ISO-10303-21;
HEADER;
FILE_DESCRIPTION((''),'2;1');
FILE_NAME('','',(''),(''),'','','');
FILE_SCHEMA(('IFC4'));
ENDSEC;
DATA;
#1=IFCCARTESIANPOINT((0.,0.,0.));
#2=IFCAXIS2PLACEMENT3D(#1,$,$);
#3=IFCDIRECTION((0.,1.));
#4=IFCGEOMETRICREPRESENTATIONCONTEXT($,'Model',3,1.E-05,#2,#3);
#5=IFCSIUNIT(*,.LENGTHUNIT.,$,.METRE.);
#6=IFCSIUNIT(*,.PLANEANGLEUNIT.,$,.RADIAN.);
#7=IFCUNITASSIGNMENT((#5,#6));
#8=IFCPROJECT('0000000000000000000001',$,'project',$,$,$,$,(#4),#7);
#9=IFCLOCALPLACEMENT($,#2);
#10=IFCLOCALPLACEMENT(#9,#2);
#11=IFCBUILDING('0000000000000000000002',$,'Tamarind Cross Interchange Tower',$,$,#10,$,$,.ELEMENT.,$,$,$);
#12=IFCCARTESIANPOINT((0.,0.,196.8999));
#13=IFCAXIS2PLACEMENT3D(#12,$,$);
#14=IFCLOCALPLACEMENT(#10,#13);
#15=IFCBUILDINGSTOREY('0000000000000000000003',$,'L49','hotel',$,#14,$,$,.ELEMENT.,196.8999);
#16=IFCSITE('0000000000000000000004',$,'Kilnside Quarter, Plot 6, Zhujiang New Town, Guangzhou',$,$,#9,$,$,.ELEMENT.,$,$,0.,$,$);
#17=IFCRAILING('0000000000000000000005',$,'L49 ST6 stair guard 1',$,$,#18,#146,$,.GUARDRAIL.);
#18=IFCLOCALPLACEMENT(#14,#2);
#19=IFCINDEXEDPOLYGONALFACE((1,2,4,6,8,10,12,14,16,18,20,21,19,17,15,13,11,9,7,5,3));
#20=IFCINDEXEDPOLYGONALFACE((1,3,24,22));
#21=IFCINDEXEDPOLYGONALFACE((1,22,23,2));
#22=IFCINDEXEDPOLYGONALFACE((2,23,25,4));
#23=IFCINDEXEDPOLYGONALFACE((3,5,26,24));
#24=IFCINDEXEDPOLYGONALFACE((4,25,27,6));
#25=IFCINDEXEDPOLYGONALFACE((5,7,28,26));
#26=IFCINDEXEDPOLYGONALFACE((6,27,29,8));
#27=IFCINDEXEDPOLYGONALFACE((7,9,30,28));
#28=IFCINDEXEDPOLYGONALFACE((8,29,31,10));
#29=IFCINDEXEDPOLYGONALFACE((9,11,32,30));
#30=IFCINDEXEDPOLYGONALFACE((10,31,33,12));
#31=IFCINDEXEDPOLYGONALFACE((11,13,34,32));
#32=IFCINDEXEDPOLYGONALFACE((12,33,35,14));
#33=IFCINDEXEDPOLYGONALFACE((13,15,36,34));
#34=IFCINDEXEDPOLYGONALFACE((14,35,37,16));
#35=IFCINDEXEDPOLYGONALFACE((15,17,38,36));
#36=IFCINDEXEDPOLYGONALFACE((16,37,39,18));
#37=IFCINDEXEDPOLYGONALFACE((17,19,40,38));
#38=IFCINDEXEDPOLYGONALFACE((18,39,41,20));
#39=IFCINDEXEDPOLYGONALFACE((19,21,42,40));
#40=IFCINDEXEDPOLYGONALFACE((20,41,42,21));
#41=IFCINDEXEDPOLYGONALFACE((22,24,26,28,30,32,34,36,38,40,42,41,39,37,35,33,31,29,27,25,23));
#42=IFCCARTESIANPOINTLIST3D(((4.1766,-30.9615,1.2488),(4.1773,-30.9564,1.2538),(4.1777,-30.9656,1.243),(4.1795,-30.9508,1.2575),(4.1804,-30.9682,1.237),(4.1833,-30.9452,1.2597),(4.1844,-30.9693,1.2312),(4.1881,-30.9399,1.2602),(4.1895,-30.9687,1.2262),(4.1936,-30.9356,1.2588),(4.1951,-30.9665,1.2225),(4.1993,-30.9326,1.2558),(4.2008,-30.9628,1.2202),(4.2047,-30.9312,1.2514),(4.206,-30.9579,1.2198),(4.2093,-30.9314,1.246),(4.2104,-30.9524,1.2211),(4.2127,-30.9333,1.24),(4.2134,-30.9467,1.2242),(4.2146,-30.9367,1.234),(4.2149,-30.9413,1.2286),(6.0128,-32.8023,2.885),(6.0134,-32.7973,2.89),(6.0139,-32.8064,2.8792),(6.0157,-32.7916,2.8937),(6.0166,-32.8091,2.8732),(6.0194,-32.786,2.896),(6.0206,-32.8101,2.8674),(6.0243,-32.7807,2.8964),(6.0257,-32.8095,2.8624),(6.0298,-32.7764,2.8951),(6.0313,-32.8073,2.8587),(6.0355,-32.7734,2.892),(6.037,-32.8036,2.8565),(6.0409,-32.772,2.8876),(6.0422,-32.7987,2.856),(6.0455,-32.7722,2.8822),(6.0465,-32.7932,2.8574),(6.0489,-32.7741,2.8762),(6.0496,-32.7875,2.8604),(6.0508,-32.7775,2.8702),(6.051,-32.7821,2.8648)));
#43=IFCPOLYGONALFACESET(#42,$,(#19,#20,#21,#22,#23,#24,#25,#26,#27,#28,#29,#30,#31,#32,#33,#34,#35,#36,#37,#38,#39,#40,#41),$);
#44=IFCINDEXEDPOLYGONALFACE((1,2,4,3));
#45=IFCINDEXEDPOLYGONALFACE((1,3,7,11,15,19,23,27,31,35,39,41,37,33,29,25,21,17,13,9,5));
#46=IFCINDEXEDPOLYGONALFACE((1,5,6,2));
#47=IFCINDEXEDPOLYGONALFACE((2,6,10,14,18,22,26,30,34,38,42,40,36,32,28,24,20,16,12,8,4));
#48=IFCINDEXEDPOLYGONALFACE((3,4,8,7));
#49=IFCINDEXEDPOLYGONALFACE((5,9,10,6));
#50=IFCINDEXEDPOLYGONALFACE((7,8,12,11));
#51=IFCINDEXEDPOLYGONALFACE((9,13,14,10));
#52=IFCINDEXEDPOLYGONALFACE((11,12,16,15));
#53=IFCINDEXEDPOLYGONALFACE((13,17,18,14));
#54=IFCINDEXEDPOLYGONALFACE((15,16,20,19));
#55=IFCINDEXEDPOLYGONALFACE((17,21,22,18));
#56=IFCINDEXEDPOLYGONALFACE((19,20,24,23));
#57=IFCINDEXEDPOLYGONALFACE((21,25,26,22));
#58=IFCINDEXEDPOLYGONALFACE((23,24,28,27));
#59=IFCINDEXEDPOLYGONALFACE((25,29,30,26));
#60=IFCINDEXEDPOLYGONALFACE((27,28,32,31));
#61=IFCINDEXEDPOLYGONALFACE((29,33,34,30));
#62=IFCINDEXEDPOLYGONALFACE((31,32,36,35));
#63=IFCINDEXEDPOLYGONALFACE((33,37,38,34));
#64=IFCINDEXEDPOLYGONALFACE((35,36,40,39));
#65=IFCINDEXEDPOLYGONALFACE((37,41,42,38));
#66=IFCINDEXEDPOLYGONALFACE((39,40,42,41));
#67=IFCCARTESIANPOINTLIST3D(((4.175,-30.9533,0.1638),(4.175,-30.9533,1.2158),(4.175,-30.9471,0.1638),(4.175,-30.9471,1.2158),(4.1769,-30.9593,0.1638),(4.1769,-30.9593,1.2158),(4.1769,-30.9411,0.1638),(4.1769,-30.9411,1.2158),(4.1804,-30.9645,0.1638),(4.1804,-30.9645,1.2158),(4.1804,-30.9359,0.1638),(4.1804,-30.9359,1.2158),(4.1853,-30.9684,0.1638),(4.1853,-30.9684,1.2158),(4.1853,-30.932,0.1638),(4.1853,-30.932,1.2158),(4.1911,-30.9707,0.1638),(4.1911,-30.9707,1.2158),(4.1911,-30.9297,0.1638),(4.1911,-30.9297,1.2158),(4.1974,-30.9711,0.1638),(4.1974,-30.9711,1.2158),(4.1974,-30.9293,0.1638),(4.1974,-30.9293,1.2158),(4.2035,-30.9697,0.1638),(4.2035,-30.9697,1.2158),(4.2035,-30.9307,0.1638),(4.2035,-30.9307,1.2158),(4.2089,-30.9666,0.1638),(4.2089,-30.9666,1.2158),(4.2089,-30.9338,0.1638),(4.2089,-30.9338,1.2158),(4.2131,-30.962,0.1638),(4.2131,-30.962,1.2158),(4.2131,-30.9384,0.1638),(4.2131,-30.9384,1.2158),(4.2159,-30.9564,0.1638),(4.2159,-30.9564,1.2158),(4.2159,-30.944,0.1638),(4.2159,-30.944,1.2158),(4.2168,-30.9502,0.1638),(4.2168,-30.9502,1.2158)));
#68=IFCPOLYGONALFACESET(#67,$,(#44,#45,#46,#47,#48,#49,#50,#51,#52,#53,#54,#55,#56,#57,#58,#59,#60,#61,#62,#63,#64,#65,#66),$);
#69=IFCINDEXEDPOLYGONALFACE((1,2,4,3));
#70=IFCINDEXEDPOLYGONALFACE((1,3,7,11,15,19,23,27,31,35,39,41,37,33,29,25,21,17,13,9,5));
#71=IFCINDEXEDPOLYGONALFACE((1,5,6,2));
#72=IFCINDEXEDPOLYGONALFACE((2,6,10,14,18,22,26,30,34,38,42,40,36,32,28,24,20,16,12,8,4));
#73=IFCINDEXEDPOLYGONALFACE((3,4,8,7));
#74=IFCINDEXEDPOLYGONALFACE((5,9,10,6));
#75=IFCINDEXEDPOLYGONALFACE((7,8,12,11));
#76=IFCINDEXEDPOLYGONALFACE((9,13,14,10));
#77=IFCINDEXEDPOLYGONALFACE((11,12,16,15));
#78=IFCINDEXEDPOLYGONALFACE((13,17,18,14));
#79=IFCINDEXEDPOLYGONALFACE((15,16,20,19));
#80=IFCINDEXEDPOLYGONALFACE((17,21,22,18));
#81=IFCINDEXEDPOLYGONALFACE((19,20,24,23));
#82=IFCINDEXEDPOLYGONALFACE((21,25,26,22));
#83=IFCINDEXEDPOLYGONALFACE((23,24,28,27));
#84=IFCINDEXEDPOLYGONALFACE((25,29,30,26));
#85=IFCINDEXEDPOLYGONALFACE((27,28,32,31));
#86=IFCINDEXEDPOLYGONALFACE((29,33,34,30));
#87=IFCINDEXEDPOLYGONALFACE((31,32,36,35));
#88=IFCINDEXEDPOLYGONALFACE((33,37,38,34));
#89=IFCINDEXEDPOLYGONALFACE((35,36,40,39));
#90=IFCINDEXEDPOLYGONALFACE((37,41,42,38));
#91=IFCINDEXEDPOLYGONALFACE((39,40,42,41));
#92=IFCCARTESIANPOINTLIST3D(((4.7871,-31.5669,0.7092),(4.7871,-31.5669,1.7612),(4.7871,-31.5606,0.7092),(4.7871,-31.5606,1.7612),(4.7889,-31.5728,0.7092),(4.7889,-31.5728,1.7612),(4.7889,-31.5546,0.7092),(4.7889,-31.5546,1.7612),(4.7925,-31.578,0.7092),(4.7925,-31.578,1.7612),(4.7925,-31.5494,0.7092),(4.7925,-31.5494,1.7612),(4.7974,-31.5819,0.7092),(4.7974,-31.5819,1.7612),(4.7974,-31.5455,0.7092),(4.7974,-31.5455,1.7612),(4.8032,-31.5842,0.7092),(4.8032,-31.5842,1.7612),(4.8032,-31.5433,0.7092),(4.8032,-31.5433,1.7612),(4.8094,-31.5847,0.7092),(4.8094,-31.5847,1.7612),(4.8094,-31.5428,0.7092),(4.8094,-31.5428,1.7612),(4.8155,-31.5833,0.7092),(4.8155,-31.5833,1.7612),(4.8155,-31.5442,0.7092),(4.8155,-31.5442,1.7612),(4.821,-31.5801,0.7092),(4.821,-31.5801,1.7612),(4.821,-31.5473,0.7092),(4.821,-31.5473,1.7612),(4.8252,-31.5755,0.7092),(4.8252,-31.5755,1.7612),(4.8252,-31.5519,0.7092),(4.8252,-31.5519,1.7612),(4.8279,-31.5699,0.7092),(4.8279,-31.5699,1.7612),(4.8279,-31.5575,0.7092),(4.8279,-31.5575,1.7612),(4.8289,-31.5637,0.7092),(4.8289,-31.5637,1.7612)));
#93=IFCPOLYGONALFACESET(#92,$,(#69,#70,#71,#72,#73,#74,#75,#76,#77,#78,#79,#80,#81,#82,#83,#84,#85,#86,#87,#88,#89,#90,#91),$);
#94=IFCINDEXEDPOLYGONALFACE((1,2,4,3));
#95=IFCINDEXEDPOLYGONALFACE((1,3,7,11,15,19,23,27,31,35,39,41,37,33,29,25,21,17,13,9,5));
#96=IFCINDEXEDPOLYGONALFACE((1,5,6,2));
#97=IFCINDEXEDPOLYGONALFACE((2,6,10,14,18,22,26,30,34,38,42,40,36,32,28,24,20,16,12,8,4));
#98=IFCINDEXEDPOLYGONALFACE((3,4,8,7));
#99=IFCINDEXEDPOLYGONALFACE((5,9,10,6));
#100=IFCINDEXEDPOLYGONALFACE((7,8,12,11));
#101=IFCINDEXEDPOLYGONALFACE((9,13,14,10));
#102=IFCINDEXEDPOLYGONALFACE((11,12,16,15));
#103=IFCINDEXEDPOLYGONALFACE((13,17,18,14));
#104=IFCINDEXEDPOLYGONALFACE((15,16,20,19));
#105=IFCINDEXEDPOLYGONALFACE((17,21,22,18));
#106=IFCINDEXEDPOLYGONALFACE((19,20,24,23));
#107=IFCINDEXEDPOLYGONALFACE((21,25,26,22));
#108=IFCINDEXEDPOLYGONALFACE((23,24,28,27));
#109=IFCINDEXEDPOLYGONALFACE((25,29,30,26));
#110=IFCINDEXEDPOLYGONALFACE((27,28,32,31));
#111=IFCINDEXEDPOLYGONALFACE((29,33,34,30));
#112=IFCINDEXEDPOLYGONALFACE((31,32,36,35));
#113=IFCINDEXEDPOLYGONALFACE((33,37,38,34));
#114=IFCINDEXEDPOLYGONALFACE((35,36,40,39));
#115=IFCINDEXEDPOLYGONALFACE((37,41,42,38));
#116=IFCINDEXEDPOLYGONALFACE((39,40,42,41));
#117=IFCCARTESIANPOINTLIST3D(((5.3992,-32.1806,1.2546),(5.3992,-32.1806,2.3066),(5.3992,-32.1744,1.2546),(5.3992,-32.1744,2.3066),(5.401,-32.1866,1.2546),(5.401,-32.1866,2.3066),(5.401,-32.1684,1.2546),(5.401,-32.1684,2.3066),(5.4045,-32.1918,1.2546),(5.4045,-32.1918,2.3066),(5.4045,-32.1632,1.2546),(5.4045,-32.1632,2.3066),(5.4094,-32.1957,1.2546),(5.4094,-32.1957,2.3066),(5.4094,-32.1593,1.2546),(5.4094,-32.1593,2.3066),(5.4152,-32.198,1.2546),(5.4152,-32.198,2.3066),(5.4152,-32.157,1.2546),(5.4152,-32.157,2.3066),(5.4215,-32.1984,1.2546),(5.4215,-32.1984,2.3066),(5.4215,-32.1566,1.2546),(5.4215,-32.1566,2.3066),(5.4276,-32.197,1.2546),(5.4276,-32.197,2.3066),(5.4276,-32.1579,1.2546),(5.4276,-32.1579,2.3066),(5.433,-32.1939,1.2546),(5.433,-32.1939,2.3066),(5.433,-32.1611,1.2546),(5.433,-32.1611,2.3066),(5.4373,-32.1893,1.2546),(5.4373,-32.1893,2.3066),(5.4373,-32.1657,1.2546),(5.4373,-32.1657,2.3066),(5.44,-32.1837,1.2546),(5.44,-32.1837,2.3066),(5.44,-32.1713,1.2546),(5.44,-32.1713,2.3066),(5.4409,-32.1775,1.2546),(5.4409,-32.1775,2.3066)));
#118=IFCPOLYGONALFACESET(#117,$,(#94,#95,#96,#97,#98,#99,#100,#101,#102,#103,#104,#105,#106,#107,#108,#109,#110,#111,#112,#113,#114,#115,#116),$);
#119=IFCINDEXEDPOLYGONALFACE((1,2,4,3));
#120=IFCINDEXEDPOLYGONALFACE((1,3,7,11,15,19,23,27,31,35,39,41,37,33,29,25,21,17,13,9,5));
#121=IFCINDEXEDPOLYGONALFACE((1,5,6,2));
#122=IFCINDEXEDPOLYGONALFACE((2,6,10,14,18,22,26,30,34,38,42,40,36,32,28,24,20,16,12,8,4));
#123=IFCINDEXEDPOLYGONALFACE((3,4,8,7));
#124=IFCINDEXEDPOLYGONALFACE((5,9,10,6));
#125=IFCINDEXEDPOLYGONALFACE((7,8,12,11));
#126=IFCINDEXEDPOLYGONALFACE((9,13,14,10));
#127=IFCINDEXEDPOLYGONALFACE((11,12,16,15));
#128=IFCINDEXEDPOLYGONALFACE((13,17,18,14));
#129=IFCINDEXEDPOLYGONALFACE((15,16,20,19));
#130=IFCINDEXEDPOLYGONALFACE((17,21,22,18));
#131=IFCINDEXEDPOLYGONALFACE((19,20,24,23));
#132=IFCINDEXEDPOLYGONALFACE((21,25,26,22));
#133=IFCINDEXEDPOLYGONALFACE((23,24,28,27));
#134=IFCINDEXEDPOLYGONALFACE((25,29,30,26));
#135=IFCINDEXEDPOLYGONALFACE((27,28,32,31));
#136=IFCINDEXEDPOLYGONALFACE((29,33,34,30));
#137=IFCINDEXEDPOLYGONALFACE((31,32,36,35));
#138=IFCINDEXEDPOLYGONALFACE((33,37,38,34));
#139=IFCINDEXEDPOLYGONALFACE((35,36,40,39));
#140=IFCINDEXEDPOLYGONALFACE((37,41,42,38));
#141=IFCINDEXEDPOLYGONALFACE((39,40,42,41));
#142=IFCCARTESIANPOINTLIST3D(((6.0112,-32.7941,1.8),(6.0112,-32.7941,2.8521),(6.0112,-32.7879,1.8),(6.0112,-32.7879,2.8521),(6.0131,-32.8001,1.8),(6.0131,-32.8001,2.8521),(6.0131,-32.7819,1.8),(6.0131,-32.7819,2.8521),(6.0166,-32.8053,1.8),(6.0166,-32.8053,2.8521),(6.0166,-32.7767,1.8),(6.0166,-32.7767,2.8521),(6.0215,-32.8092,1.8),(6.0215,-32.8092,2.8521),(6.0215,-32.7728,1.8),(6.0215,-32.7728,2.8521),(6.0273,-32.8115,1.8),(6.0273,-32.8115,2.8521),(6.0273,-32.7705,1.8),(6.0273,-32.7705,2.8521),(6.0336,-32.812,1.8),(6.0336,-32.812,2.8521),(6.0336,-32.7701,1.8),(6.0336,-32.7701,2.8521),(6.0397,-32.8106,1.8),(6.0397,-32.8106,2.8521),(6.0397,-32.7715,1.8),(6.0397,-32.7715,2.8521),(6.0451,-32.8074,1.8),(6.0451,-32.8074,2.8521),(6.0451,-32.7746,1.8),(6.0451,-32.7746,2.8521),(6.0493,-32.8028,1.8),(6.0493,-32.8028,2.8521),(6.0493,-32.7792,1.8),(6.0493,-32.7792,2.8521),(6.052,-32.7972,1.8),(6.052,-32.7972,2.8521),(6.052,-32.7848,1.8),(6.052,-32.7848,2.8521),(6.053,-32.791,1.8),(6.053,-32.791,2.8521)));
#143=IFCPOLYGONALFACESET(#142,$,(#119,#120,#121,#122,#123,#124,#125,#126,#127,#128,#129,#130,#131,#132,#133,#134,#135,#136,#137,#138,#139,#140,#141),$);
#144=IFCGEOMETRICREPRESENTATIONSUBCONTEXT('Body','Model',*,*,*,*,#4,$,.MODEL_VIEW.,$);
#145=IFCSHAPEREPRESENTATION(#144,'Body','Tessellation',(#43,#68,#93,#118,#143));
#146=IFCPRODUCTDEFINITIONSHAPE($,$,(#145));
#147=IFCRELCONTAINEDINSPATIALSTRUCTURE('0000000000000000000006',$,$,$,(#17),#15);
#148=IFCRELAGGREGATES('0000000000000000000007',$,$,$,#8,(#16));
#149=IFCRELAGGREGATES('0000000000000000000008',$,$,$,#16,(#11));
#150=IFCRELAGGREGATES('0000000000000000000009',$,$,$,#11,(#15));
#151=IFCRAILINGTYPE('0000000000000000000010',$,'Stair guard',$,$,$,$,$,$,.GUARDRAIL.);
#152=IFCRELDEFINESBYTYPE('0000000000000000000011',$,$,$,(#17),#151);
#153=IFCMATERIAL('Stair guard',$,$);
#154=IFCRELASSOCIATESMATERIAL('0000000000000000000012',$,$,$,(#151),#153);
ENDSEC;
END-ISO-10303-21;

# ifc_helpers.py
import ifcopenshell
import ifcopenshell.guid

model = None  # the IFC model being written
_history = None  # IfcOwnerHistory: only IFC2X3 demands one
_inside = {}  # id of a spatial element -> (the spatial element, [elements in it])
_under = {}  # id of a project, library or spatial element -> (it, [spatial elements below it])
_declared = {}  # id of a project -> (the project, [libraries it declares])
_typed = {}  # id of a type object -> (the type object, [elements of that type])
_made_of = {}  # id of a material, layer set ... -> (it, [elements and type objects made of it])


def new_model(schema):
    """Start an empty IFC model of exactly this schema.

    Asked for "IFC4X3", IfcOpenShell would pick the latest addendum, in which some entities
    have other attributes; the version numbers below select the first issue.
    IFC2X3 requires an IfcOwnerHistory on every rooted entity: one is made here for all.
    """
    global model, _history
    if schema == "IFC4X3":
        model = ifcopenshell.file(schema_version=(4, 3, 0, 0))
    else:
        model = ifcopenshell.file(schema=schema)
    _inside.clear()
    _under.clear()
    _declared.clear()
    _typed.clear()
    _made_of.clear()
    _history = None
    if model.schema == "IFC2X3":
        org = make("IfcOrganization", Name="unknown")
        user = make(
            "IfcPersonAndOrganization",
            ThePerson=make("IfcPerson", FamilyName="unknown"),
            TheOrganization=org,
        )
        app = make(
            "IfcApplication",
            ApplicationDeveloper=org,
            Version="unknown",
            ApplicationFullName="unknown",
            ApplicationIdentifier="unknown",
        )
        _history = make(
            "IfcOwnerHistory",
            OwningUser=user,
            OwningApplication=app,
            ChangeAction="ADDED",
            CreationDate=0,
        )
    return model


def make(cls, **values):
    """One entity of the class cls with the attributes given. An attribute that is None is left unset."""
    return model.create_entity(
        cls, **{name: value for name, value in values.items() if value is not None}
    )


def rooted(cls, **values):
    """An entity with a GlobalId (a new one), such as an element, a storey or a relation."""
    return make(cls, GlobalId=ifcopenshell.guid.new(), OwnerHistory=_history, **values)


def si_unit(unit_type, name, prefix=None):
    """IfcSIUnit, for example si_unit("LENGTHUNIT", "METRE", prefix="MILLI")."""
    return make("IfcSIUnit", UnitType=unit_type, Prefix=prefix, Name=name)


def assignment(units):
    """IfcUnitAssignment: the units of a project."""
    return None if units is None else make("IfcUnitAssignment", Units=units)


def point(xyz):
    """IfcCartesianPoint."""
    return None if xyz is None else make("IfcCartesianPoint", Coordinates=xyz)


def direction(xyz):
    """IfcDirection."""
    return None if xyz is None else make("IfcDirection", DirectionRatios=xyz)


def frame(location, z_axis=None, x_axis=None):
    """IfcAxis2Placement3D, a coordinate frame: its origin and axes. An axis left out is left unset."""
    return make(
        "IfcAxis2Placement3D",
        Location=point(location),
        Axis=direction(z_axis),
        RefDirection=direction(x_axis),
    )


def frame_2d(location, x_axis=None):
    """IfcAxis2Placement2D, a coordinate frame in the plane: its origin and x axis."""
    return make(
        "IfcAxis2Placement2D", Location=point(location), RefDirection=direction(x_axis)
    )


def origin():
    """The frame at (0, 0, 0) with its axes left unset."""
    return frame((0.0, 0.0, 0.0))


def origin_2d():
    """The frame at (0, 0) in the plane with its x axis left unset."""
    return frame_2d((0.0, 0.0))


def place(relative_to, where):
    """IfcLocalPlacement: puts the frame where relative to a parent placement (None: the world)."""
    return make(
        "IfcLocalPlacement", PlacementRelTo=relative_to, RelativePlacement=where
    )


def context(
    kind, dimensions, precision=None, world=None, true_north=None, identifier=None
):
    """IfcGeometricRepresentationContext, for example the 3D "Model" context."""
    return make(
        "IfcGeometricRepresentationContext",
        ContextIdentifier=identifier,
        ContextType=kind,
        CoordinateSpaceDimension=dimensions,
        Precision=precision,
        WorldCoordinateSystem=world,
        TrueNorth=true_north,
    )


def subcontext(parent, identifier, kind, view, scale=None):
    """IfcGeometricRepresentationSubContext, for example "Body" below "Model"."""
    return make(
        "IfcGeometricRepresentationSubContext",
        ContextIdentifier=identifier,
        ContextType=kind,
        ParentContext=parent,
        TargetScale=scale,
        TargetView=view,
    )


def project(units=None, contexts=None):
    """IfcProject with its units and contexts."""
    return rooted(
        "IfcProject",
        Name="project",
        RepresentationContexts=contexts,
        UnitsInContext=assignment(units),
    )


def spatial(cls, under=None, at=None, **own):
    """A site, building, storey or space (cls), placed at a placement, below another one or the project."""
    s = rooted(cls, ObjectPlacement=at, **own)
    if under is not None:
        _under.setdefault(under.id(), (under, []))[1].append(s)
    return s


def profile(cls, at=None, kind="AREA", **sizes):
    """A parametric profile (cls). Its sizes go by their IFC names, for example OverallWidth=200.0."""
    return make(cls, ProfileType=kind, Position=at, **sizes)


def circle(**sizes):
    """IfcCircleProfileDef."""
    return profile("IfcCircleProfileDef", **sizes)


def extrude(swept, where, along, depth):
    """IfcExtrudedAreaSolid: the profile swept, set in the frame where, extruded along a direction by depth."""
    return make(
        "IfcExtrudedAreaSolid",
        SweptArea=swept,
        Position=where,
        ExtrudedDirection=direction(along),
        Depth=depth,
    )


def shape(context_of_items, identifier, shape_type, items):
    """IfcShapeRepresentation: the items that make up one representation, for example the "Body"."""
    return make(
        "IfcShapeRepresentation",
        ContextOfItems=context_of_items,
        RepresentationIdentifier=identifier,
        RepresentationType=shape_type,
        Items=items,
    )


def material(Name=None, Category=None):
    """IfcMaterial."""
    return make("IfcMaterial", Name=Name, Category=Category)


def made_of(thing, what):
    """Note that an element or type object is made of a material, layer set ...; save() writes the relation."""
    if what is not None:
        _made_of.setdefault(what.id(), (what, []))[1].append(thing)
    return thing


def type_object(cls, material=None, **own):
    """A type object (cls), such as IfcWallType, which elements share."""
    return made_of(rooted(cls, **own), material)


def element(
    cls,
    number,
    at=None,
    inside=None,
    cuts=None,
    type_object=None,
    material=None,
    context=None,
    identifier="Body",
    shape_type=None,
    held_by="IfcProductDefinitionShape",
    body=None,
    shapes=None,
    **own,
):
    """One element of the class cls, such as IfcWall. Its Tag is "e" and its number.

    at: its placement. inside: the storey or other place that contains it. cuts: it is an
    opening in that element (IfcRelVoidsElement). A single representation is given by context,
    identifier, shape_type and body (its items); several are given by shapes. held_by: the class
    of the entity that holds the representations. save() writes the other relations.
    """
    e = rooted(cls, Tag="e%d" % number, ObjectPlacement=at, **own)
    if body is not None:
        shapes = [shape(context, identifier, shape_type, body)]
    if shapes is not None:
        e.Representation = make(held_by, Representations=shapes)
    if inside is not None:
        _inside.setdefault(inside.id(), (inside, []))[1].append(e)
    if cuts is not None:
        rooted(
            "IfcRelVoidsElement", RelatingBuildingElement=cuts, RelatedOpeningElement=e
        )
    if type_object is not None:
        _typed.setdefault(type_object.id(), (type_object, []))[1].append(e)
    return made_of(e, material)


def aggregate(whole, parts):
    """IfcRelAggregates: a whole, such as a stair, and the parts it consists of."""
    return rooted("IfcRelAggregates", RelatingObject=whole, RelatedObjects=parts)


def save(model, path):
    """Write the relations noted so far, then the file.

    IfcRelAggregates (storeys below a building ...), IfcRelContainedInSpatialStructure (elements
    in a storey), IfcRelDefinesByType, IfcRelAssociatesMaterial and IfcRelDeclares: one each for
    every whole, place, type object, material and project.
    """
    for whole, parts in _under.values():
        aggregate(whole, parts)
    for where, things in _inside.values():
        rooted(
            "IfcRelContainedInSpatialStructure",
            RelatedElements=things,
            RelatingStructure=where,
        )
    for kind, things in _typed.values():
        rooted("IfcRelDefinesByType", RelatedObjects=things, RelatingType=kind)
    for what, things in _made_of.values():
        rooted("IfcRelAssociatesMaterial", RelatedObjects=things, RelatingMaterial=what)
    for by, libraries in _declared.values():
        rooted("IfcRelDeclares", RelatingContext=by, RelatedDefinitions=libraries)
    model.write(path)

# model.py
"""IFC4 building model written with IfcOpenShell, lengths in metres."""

from ifc_helpers import new_model, si_unit, direction, frame, origin, origin_2d, place, context, subcontext, project, spatial, circle, extrude, material, type_object, element, save


model = new_model("IFC4")

# Units and contexts
model_context = context("Model", 3, precision=1e-05, world=origin(), true_north=direction((0.0, 1.0)))
body_context = subcontext(model_context, "Body", "Model", "MODEL_VIEW")
ifc_project = project(units=[si_unit("LENGTHUNIT", "METRE"), si_unit("PLANEANGLEUNIT", "RADIAN")], contexts=[model_context])

# Site, building, storey
site_placement = place(None, origin())
site = spatial("IfcSite", under=ifc_project, at=site_placement, Name="Kilnside Quarter, Plot 6, Zhujiang New Town, Guangzhou", CompositionType="ELEMENT", RefElevation=0.0)
building_placement = place(site_placement, origin())
building = spatial("IfcBuilding", under=site, at=building_placement, Name="Tamarind Cross Interchange Tower", CompositionType="ELEMENT")
storey_placement = place(building_placement, frame((0.0, 0.0, 196.8999)))
storey = spatial("IfcBuildingStorey", under=building, at=storey_placement, Name="L49", Description="hotel", CompositionType="ELEMENT", Elevation=196.8999)

# Railing
ifc_material_1 = material(Name="Stair guard")
railing_type = type_object("IfcRailingType", Name="Stair guard", PredefinedType="GUARDRAIL", material=ifc_material_1)
railing_1_placement = place(storey_placement, frame((4.1958, -30.9502, 0.1638)))
element("IfcRailing", 1, at=railing_1_placement, inside=storey, type_object=railing_type, Name="L49 ST6 stair guard 1", PredefinedType="GUARDRAIL", context=body_context, shape_type="SweptSolid", body=[
    extrude(circle(Radius=0.0239, at=origin_2d()), frame((0.0, 0.0, 1.0762), z_axis=(0.597708, -0.599217, 0.53262), x_axis=(0.707998, 0.706214, 0.0)), (0.0, 0.0, 1.0), 3.072),
    extrude(circle(Radius=0.021, at=origin_2d()), origin(), (0.0, 0.0, 1.0), 1.052),
    extrude(circle(Radius=0.021, at=origin_2d()), frame((0.6121, -0.6135, 0.5454)), (0.0, 0.0, 1.0), 1.052),
    extrude(circle(Radius=0.021, at=origin_2d()), frame((1.2241, -1.2273, 1.0908)), (0.0, 0.0, 1.0), 1.052),
    extrude(circle(Radius=0.021, at=origin_2d()), frame((1.8362, -1.8408, 1.6362)), (0.0, 0.0, 1.0), 1.052),
])

save(model, "model.ifc")
